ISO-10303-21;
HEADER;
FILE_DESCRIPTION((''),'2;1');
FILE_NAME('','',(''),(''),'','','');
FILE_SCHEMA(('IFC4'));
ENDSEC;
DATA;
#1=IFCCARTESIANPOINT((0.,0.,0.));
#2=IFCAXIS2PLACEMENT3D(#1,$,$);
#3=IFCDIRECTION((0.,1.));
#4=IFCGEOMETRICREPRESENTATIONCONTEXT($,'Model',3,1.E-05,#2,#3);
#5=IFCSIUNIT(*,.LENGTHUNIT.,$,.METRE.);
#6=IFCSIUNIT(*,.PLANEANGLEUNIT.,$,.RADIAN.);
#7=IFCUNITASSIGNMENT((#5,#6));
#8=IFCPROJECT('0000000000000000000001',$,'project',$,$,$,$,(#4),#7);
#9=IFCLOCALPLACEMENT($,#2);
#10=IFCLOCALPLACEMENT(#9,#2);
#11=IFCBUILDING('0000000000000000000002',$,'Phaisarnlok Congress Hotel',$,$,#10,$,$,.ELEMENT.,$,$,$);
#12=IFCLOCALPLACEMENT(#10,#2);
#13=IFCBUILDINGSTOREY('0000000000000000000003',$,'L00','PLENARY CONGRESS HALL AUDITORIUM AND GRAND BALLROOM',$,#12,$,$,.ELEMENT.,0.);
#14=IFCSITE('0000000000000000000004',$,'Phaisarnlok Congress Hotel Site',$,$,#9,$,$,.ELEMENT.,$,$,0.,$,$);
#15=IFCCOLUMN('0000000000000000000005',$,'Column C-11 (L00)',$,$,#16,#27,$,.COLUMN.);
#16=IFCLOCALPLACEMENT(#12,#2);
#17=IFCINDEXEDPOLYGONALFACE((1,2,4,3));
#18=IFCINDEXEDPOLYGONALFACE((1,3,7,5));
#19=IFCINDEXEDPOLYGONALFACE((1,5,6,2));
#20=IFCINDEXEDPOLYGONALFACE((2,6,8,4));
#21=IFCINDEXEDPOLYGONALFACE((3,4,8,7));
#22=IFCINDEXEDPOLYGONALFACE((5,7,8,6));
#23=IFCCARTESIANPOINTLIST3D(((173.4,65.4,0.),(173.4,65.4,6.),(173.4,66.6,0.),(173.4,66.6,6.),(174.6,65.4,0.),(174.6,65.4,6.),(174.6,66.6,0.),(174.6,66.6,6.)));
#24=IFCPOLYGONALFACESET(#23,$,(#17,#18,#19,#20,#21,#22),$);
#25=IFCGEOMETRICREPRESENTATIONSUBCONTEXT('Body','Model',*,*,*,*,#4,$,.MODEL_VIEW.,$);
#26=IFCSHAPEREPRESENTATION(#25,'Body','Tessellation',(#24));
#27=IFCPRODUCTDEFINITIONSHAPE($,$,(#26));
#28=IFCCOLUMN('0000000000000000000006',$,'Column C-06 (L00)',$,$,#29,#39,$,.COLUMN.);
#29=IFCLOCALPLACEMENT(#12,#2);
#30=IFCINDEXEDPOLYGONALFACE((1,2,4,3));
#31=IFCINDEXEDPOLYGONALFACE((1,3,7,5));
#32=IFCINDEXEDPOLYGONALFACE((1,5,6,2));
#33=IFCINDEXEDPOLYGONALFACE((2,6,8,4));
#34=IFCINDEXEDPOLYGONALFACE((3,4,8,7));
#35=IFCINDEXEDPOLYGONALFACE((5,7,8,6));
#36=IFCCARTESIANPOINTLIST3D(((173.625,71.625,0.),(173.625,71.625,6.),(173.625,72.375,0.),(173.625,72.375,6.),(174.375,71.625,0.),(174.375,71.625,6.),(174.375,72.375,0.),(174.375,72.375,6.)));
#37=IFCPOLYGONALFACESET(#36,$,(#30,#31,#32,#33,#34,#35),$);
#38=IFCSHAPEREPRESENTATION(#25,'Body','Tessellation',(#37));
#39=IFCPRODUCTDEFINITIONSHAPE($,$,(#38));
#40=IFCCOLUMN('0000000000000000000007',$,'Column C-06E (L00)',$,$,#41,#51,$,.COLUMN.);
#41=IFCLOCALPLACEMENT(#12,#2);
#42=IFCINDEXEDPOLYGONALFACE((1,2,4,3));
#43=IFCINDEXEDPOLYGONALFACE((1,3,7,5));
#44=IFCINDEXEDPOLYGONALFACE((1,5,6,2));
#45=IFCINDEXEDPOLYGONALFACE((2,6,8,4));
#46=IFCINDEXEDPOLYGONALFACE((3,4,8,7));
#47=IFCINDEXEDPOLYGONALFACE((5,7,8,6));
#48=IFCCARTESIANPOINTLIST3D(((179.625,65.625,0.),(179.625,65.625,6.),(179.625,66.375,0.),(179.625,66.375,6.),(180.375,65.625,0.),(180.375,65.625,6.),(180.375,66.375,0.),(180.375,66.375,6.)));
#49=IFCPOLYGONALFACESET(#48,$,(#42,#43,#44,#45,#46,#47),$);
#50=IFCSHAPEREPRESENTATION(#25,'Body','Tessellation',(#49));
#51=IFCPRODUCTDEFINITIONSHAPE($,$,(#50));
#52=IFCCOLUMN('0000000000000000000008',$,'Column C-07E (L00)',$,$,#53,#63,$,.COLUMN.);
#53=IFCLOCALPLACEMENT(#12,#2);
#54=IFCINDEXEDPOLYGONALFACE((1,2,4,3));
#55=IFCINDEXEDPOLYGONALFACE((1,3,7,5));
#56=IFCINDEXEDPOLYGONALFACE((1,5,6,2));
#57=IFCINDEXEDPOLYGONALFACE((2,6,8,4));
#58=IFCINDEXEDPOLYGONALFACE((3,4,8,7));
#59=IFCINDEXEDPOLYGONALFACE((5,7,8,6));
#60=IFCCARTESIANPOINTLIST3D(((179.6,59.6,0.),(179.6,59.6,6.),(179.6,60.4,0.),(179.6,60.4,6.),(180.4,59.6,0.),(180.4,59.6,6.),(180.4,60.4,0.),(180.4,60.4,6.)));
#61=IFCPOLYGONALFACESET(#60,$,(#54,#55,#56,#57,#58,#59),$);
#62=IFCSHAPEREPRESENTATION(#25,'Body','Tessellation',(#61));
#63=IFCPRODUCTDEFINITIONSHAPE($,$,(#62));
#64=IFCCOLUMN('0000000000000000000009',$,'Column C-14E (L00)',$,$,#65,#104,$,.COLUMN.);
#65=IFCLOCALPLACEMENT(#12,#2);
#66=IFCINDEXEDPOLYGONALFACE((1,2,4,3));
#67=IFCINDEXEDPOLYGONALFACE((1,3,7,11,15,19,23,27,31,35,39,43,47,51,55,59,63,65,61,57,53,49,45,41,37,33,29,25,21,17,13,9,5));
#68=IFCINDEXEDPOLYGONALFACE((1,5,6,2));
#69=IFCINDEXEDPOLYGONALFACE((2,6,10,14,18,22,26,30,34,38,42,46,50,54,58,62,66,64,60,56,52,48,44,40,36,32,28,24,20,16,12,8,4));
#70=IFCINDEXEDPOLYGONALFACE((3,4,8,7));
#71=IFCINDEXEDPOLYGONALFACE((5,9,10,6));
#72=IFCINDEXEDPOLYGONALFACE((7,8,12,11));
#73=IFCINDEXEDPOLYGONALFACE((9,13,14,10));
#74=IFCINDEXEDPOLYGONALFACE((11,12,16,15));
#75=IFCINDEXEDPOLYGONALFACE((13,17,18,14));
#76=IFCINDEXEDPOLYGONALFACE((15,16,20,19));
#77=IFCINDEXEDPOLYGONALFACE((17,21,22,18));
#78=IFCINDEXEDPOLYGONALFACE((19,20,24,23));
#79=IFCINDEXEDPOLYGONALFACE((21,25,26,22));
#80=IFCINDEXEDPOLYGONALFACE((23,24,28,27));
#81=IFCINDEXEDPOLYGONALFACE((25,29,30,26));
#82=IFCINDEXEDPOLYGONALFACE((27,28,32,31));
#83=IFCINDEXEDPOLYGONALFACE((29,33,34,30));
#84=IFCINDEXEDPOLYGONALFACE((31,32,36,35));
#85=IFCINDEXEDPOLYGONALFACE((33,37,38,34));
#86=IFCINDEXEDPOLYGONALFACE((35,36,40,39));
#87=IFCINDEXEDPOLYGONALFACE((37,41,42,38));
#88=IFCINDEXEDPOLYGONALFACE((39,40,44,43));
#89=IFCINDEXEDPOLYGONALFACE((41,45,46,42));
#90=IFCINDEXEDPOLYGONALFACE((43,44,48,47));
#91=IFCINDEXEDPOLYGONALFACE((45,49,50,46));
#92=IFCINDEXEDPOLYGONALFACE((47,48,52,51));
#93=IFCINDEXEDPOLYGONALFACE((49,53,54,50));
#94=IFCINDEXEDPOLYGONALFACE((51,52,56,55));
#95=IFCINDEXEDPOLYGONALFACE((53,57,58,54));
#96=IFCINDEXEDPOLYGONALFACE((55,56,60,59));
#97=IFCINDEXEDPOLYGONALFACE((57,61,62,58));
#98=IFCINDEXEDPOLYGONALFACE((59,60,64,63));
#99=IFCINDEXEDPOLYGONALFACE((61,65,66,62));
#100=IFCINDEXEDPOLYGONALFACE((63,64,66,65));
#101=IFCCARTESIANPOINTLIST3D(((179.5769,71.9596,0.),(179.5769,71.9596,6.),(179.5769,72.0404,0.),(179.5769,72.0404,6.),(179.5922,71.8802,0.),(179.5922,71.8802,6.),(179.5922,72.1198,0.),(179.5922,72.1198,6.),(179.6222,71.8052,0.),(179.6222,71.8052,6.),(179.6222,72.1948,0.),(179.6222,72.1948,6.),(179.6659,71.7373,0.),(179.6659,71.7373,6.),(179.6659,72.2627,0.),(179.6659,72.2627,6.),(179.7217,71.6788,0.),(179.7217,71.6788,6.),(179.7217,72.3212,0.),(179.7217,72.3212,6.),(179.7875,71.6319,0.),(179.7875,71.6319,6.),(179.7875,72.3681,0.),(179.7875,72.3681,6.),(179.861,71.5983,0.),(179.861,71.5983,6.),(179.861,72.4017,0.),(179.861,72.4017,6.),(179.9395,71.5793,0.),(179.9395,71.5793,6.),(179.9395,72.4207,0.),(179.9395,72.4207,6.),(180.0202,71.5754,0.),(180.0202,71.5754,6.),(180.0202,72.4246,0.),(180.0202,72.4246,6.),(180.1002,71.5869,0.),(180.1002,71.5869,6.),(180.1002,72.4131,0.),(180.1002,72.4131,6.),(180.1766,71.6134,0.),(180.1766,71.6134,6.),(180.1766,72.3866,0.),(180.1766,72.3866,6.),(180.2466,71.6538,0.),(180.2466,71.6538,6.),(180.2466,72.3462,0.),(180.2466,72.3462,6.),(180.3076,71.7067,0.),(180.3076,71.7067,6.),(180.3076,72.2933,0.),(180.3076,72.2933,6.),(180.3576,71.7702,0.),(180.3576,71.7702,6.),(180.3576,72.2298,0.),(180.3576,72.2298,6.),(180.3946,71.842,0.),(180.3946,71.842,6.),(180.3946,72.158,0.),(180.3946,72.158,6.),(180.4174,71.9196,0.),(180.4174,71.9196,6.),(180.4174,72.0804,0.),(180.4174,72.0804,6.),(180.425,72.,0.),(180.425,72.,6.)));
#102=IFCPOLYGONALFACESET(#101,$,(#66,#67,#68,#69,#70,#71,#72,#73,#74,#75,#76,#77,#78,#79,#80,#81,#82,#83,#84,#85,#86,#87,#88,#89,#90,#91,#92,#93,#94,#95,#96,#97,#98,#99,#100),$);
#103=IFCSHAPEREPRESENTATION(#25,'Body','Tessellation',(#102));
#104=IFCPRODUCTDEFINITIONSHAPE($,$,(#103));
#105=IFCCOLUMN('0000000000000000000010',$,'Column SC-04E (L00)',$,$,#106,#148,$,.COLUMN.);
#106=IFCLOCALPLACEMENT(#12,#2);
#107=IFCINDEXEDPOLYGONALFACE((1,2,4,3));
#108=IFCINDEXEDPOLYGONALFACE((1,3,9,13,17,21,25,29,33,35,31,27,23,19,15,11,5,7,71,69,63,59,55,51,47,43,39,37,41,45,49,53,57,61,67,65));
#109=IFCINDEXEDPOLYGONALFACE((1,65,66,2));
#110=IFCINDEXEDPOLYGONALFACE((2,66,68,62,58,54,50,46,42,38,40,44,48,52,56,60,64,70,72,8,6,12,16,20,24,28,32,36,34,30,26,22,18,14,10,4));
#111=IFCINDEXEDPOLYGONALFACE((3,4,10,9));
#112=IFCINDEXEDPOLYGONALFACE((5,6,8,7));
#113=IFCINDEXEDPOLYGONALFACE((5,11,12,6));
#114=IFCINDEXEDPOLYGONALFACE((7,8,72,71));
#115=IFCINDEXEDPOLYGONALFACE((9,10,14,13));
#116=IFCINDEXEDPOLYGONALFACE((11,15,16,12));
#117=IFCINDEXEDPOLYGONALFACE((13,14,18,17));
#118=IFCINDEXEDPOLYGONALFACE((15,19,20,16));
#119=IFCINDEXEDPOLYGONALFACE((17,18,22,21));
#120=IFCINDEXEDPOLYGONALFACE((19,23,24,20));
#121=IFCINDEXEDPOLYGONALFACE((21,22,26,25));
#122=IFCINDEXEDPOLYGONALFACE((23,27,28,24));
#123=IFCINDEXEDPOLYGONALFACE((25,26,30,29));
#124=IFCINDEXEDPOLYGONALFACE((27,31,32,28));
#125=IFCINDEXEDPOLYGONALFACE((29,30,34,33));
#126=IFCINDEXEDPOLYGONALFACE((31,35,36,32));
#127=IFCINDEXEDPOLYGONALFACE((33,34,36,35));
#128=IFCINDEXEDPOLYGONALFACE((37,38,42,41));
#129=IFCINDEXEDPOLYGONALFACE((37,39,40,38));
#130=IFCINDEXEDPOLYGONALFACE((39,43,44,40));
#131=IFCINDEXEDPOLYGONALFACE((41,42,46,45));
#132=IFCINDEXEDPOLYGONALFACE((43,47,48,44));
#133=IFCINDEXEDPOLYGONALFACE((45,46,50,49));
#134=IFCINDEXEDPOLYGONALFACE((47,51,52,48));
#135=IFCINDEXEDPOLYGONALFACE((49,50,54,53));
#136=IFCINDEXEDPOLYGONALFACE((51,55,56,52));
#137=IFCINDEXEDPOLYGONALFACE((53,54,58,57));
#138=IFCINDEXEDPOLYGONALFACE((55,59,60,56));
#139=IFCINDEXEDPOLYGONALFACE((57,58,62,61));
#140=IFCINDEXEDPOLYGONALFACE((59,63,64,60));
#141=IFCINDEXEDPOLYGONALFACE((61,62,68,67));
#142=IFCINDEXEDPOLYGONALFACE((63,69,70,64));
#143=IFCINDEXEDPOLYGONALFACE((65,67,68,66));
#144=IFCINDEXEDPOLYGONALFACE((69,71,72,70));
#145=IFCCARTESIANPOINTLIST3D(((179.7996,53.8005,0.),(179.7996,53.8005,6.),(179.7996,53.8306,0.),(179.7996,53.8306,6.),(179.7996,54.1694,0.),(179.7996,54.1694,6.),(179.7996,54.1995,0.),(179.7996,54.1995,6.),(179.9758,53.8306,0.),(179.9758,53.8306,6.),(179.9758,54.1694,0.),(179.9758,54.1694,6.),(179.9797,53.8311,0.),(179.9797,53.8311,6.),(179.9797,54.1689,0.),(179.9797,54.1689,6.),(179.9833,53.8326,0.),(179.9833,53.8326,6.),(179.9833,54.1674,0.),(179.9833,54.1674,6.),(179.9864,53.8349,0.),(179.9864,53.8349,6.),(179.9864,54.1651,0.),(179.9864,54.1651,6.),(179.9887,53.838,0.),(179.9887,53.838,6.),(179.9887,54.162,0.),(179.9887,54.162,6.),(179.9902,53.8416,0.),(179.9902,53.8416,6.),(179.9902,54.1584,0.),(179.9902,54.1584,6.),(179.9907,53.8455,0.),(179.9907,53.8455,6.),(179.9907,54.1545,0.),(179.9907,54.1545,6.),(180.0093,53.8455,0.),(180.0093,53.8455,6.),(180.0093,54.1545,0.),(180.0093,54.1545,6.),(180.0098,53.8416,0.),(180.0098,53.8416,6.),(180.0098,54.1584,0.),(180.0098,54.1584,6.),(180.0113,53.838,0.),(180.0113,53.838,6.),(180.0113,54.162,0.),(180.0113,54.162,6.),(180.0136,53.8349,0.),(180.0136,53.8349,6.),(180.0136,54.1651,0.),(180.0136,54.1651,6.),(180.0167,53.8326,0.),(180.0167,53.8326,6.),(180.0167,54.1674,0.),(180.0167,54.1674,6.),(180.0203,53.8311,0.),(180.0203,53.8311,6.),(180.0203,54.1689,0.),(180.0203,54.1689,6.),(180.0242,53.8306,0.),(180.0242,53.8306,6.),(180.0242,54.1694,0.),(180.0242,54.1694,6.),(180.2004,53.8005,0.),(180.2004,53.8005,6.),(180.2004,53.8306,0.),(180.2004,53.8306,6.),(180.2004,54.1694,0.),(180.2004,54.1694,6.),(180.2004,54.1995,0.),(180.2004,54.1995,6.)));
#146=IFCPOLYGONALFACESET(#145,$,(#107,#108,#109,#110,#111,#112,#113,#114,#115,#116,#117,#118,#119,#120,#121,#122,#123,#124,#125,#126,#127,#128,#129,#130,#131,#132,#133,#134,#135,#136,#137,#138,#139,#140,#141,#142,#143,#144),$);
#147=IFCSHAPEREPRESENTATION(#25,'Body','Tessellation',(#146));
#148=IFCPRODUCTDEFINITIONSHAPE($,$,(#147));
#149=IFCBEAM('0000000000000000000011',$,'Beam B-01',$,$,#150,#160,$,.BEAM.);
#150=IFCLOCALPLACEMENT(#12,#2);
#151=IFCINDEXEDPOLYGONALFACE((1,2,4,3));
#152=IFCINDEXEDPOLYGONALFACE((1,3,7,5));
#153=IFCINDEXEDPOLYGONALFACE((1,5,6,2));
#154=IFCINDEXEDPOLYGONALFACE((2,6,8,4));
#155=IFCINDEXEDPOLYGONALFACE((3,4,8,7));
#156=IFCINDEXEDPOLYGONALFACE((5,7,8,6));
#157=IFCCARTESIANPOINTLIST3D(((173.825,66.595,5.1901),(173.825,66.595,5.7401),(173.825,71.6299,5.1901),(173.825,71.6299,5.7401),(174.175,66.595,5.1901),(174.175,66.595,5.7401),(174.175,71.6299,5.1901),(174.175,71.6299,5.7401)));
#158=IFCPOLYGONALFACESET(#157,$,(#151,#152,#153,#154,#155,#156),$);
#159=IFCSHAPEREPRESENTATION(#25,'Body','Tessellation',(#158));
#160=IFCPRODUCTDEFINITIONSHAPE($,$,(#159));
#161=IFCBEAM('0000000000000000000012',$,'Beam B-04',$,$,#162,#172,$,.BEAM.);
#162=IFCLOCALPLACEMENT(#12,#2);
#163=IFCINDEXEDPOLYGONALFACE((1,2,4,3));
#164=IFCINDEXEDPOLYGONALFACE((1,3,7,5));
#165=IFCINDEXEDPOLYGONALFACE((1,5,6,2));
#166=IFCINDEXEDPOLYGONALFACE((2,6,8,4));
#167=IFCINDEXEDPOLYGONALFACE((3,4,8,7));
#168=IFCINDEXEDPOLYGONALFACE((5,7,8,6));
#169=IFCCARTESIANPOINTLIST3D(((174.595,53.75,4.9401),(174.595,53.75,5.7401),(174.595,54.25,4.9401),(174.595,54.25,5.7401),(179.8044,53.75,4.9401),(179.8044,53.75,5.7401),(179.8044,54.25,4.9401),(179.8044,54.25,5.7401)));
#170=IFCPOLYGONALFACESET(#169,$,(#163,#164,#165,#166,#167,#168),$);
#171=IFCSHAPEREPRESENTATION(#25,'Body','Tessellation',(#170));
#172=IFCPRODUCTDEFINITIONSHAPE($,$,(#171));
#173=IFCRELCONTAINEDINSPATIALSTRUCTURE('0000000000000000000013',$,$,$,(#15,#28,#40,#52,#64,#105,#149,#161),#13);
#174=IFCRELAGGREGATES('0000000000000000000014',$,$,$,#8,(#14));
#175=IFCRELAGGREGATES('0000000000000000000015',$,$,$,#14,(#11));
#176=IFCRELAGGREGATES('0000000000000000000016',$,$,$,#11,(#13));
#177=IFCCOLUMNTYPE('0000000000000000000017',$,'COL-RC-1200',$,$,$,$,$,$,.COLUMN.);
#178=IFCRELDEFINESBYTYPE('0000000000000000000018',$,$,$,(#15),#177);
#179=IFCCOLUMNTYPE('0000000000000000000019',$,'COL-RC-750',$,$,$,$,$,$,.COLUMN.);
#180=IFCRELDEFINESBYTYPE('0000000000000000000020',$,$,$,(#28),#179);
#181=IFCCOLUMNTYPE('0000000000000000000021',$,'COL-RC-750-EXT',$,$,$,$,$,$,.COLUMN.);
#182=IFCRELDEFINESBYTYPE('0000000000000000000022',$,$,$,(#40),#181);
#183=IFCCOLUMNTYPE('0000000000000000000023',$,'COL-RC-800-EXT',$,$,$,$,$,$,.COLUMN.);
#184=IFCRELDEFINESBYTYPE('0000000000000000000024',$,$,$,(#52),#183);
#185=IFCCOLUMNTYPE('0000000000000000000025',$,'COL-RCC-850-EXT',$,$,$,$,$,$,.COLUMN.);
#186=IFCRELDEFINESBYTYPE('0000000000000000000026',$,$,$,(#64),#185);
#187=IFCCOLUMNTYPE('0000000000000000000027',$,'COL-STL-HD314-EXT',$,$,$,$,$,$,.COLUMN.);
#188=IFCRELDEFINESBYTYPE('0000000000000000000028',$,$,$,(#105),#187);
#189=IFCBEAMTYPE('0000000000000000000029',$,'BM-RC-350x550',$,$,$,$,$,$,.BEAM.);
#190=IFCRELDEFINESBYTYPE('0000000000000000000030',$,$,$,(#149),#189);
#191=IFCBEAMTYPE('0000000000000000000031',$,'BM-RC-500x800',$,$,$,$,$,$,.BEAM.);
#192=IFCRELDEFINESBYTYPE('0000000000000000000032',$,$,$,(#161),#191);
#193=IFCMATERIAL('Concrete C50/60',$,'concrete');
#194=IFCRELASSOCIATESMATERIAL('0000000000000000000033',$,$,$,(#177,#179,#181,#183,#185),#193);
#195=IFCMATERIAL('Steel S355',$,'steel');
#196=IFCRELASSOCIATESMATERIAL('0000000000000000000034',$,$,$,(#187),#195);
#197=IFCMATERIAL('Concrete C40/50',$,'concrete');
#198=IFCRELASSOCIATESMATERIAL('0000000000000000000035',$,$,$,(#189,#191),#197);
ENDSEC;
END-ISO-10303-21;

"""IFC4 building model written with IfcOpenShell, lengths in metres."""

from ifc_helpers import new_model, si_unit, direction, frame, origin, origin_2d, place, context, subcontext, project, spatial, rectangle, circle, i_section, extrude, material, material_profile, profile_set, type_object, element, save


model = new_model("IFC4")

# Units and contexts
model_context = context("Model", 3, precision=1e-05, world=origin(), true_north=direction((0.0, 1.0)))
body_context = subcontext(model_context, "Body", "Model", "MODEL_VIEW")
ifc_project = project(units=[si_unit("LENGTHUNIT", "METRE"), si_unit("PLANEANGLEUNIT", "RADIAN")], contexts=[model_context])

# Site, building, storey
site_placement = place(None, origin())
site = spatial("IfcSite", under=ifc_project, at=site_placement, Name="Phaisarnlok Congress Hotel Site", CompositionType="ELEMENT", RefElevation=0.0)
building_placement = place(site_placement, origin())
building = spatial("IfcBuilding", under=site, at=building_placement, Name="Phaisarnlok Congress Hotel", CompositionType="ELEMENT")
storey_placement = place(building_placement, origin())
storey = spatial("IfcBuildingStorey", under=building, at=storey_placement, Name="L00", Description="PLENARY CONGRESS HALL AUDITORIUM AND GRAND BALLROOM", CompositionType="ELEMENT", Elevation=0.0)

# Columns
ifc_material_1 = material(Name="Concrete C50/60", Category="concrete")
ifc_material_profile_1 = material_profile(ifc_material_1, rectangle(XDim=1.2, YDim=1.2, at=origin_2d()), Name="RC 1200x1200")
ifc_profile_set_1 = profile_set([ifc_material_profile_1], Name="Concrete C50/60")
column_type_1 = type_object("IfcColumnType", Name="COL-RC-1200", PredefinedType="COLUMN", material=ifc_profile_set_1)
column_1_placement = place(storey_placement, frame((174.0, 66.0, 0.0), z_axis=(0.0, 0.0, 1.0), x_axis=(1.0, 0.0, 0.0)))
element("IfcColumn", 1, at=column_1_placement, inside=storey, type_object=column_type_1, Name="Column C-11 (L00)", PredefinedType="COLUMN", context=body_context, shape_type="SweptSolid", body=[
    extrude(rectangle(XDim=1.2, YDim=1.2, at=origin_2d()), origin(), (0.0, 0.0, 1.0), 6.0),
])
ifc_material_profile_2 = material_profile(ifc_material_1, rectangle(XDim=0.75, YDim=0.75, at=origin_2d()), Name="RC 750x750")
ifc_profile_set_2 = profile_set([ifc_material_profile_2], Name="Concrete C50/60")
column_type_2 = type_object("IfcColumnType", Name="COL-RC-750", PredefinedType="COLUMN", material=ifc_profile_set_2)
column_2_placement = place(storey_placement, frame((174.0, 72.0, 0.0), z_axis=(0.0, 0.0, 1.0), x_axis=(1.0, 0.0, 0.0)))
element("IfcColumn", 2, at=column_2_placement, inside=storey, type_object=column_type_2, Name="Column C-06 (L00)", PredefinedType="COLUMN", context=body_context, shape_type="SweptSolid", body=[
    extrude(rectangle(XDim=0.75, YDim=0.75, at=origin_2d()), origin(), (0.0, 0.0, 1.0), 6.0),
])
ifc_material_profile_3 = material_profile(ifc_material_1, rectangle(XDim=0.75, YDim=0.75, at=origin_2d()), Name="RC 750x750")
ifc_profile_set_3 = profile_set([ifc_material_profile_3], Name="Concrete C50/60")
column_type_3 = type_object("IfcColumnType", Name="COL-RC-750-EXT", PredefinedType="COLUMN", material=ifc_profile_set_3)
column_3_placement = place(storey_placement, frame((180.0, 66.0, 0.0), z_axis=(0.0, 0.0, 1.0), x_axis=(1.0, 0.0, 0.0)))
element("IfcColumn", 3, at=column_3_placement, inside=storey, type_object=column_type_3, Name="Column C-06E (L00)", PredefinedType="COLUMN", context=body_context, shape_type="SweptSolid", body=[
    extrude(rectangle(XDim=0.75, YDim=0.75, at=origin_2d()), origin(), (0.0, 0.0, 1.0), 6.0),
])
ifc_material_profile_4 = material_profile(ifc_material_1, rectangle(XDim=0.8, YDim=0.8, at=origin_2d()), Name="RC 800x800")
ifc_profile_set_4 = profile_set([ifc_material_profile_4], Name="Concrete C50/60")
column_type_4 = type_object("IfcColumnType", Name="COL-RC-800-EXT", PredefinedType="COLUMN", material=ifc_profile_set_4)
column_4_placement = place(storey_placement, frame((180.0, 60.0, 0.0), z_axis=(0.0, 0.0, 1.0), x_axis=(1.0, 0.0, 0.0)))
element("IfcColumn", 4, at=column_4_placement, inside=storey, type_object=column_type_4, Name="Column C-07E (L00)", PredefinedType="COLUMN", context=body_context, shape_type="SweptSolid", body=[
    extrude(rectangle(XDim=0.8, YDim=0.8, at=origin_2d()), origin(), (0.0, 0.0, 1.0), 6.0),
])
ifc_material_profile_5 = material_profile(ifc_material_1, circle(Radius=0.425, at=origin_2d()), Name="RCC D850")
ifc_profile_set_5 = profile_set([ifc_material_profile_5], Name="Concrete C50/60")
column_type_5 = type_object("IfcColumnType", Name="COL-RCC-850-EXT", PredefinedType="COLUMN", material=ifc_profile_set_5)
column_5_placement = place(storey_placement, frame((180.0, 72.0, 0.0), z_axis=(0.0, 0.0, 1.0), x_axis=(1.0, 0.0, 0.0)))
element("IfcColumn", 5, at=column_5_placement, inside=storey, type_object=column_type_5, Name="Column C-14E (L00)", PredefinedType="COLUMN", context=body_context, shape_type="SweptSolid", body=[
    extrude(circle(Radius=0.425, at=origin_2d()), origin(), (0.0, 0.0, 1.0), 6.0),
])
ifc_material_2 = material(Name="Steel S355", Category="steel")
ifc_material_profile_6 = material_profile(ifc_material_2, i_section(OverallWidth=0.4009, OverallDepth=0.3989, WebThickness=0.0186, FlangeThickness=0.03, FilletRadius=0.0149, at=origin_2d()), Name="HD 400x314")
ifc_profile_set_6 = profile_set([ifc_material_profile_6], Name="Steel S355")
column_type_6 = type_object("IfcColumnType", Name="COL-STL-HD314-EXT", PredefinedType="COLUMN", material=ifc_profile_set_6)
column_6_placement = place(storey_placement, frame((180.0, 54.0, 0.0), z_axis=(0.0, 0.0, 1.0), x_axis=(1.0, 0.0, 0.0)))
element("IfcColumn", 6, at=column_6_placement, inside=storey, type_object=column_type_6, Name="Column SC-04E (L00)", PredefinedType="COLUMN", context=body_context, shape_type="SweptSolid", body=[
    extrude(i_section(OverallWidth=0.4009, OverallDepth=0.3989, WebThickness=0.0186, FlangeThickness=0.03, FilletRadius=0.0149, at=origin_2d()), origin(), (0.0, 0.0, 1.0), 6.0),
])

# Beams
ifc_material_3 = material(Name="Concrete C40/50", Category="concrete")
ifc_material_profile_7 = material_profile(ifc_material_3, rectangle(XDim=0.3501, YDim=0.55, at=origin_2d()), Name="RC 350x550")
ifc_profile_set_7 = profile_set([ifc_material_profile_7], Name="Concrete C40/50")
beam_type_1 = type_object("IfcBeamType", Name="BM-RC-350x550", PredefinedType="BEAM", material=ifc_profile_set_7)
beam_1_placement = place(storey_placement, frame((174.0, 66.595, 5.4651), z_axis=(0.0, 1.0, 0.0), x_axis=(-1.0, 0.0, 0.0)))
element("IfcBeam", 7, at=beam_1_placement, inside=storey, type_object=beam_type_1, Name="Beam B-01", PredefinedType="BEAM", context=body_context, shape_type="SweptSolid", body=[
    extrude(rectangle(XDim=0.3501, YDim=0.55, at=origin_2d()), origin(), (0.0, 0.0, 1.0), 5.0349),
])
ifc_material_profile_8 = material_profile(ifc_material_3, rectangle(XDim=0.5, YDim=0.8, at=origin_2d()), Name="RC 500x800")
ifc_profile_set_8 = profile_set([ifc_material_profile_8], Name="Concrete C40/50")
beam_type_2 = type_object("IfcBeamType", Name="BM-RC-500x800", PredefinedType="BEAM", material=ifc_profile_set_8)
beam_2_placement = place(storey_placement, frame((174.595, 54.0, 5.3401), z_axis=(1.0, 0.0, 0.0), x_axis=(0.0, 1.0, 0.0)))
element("IfcBeam", 8, at=beam_2_placement, inside=storey, type_object=beam_type_2, Name="Beam B-04", PredefinedType="BEAM", context=body_context, shape_type="SweptSolid", body=[
    extrude(rectangle(XDim=0.5, YDim=0.8, at=origin_2d()), origin(), (0.0, 0.0, 1.0), 5.2095),
])

save(model, "model.ifc")
